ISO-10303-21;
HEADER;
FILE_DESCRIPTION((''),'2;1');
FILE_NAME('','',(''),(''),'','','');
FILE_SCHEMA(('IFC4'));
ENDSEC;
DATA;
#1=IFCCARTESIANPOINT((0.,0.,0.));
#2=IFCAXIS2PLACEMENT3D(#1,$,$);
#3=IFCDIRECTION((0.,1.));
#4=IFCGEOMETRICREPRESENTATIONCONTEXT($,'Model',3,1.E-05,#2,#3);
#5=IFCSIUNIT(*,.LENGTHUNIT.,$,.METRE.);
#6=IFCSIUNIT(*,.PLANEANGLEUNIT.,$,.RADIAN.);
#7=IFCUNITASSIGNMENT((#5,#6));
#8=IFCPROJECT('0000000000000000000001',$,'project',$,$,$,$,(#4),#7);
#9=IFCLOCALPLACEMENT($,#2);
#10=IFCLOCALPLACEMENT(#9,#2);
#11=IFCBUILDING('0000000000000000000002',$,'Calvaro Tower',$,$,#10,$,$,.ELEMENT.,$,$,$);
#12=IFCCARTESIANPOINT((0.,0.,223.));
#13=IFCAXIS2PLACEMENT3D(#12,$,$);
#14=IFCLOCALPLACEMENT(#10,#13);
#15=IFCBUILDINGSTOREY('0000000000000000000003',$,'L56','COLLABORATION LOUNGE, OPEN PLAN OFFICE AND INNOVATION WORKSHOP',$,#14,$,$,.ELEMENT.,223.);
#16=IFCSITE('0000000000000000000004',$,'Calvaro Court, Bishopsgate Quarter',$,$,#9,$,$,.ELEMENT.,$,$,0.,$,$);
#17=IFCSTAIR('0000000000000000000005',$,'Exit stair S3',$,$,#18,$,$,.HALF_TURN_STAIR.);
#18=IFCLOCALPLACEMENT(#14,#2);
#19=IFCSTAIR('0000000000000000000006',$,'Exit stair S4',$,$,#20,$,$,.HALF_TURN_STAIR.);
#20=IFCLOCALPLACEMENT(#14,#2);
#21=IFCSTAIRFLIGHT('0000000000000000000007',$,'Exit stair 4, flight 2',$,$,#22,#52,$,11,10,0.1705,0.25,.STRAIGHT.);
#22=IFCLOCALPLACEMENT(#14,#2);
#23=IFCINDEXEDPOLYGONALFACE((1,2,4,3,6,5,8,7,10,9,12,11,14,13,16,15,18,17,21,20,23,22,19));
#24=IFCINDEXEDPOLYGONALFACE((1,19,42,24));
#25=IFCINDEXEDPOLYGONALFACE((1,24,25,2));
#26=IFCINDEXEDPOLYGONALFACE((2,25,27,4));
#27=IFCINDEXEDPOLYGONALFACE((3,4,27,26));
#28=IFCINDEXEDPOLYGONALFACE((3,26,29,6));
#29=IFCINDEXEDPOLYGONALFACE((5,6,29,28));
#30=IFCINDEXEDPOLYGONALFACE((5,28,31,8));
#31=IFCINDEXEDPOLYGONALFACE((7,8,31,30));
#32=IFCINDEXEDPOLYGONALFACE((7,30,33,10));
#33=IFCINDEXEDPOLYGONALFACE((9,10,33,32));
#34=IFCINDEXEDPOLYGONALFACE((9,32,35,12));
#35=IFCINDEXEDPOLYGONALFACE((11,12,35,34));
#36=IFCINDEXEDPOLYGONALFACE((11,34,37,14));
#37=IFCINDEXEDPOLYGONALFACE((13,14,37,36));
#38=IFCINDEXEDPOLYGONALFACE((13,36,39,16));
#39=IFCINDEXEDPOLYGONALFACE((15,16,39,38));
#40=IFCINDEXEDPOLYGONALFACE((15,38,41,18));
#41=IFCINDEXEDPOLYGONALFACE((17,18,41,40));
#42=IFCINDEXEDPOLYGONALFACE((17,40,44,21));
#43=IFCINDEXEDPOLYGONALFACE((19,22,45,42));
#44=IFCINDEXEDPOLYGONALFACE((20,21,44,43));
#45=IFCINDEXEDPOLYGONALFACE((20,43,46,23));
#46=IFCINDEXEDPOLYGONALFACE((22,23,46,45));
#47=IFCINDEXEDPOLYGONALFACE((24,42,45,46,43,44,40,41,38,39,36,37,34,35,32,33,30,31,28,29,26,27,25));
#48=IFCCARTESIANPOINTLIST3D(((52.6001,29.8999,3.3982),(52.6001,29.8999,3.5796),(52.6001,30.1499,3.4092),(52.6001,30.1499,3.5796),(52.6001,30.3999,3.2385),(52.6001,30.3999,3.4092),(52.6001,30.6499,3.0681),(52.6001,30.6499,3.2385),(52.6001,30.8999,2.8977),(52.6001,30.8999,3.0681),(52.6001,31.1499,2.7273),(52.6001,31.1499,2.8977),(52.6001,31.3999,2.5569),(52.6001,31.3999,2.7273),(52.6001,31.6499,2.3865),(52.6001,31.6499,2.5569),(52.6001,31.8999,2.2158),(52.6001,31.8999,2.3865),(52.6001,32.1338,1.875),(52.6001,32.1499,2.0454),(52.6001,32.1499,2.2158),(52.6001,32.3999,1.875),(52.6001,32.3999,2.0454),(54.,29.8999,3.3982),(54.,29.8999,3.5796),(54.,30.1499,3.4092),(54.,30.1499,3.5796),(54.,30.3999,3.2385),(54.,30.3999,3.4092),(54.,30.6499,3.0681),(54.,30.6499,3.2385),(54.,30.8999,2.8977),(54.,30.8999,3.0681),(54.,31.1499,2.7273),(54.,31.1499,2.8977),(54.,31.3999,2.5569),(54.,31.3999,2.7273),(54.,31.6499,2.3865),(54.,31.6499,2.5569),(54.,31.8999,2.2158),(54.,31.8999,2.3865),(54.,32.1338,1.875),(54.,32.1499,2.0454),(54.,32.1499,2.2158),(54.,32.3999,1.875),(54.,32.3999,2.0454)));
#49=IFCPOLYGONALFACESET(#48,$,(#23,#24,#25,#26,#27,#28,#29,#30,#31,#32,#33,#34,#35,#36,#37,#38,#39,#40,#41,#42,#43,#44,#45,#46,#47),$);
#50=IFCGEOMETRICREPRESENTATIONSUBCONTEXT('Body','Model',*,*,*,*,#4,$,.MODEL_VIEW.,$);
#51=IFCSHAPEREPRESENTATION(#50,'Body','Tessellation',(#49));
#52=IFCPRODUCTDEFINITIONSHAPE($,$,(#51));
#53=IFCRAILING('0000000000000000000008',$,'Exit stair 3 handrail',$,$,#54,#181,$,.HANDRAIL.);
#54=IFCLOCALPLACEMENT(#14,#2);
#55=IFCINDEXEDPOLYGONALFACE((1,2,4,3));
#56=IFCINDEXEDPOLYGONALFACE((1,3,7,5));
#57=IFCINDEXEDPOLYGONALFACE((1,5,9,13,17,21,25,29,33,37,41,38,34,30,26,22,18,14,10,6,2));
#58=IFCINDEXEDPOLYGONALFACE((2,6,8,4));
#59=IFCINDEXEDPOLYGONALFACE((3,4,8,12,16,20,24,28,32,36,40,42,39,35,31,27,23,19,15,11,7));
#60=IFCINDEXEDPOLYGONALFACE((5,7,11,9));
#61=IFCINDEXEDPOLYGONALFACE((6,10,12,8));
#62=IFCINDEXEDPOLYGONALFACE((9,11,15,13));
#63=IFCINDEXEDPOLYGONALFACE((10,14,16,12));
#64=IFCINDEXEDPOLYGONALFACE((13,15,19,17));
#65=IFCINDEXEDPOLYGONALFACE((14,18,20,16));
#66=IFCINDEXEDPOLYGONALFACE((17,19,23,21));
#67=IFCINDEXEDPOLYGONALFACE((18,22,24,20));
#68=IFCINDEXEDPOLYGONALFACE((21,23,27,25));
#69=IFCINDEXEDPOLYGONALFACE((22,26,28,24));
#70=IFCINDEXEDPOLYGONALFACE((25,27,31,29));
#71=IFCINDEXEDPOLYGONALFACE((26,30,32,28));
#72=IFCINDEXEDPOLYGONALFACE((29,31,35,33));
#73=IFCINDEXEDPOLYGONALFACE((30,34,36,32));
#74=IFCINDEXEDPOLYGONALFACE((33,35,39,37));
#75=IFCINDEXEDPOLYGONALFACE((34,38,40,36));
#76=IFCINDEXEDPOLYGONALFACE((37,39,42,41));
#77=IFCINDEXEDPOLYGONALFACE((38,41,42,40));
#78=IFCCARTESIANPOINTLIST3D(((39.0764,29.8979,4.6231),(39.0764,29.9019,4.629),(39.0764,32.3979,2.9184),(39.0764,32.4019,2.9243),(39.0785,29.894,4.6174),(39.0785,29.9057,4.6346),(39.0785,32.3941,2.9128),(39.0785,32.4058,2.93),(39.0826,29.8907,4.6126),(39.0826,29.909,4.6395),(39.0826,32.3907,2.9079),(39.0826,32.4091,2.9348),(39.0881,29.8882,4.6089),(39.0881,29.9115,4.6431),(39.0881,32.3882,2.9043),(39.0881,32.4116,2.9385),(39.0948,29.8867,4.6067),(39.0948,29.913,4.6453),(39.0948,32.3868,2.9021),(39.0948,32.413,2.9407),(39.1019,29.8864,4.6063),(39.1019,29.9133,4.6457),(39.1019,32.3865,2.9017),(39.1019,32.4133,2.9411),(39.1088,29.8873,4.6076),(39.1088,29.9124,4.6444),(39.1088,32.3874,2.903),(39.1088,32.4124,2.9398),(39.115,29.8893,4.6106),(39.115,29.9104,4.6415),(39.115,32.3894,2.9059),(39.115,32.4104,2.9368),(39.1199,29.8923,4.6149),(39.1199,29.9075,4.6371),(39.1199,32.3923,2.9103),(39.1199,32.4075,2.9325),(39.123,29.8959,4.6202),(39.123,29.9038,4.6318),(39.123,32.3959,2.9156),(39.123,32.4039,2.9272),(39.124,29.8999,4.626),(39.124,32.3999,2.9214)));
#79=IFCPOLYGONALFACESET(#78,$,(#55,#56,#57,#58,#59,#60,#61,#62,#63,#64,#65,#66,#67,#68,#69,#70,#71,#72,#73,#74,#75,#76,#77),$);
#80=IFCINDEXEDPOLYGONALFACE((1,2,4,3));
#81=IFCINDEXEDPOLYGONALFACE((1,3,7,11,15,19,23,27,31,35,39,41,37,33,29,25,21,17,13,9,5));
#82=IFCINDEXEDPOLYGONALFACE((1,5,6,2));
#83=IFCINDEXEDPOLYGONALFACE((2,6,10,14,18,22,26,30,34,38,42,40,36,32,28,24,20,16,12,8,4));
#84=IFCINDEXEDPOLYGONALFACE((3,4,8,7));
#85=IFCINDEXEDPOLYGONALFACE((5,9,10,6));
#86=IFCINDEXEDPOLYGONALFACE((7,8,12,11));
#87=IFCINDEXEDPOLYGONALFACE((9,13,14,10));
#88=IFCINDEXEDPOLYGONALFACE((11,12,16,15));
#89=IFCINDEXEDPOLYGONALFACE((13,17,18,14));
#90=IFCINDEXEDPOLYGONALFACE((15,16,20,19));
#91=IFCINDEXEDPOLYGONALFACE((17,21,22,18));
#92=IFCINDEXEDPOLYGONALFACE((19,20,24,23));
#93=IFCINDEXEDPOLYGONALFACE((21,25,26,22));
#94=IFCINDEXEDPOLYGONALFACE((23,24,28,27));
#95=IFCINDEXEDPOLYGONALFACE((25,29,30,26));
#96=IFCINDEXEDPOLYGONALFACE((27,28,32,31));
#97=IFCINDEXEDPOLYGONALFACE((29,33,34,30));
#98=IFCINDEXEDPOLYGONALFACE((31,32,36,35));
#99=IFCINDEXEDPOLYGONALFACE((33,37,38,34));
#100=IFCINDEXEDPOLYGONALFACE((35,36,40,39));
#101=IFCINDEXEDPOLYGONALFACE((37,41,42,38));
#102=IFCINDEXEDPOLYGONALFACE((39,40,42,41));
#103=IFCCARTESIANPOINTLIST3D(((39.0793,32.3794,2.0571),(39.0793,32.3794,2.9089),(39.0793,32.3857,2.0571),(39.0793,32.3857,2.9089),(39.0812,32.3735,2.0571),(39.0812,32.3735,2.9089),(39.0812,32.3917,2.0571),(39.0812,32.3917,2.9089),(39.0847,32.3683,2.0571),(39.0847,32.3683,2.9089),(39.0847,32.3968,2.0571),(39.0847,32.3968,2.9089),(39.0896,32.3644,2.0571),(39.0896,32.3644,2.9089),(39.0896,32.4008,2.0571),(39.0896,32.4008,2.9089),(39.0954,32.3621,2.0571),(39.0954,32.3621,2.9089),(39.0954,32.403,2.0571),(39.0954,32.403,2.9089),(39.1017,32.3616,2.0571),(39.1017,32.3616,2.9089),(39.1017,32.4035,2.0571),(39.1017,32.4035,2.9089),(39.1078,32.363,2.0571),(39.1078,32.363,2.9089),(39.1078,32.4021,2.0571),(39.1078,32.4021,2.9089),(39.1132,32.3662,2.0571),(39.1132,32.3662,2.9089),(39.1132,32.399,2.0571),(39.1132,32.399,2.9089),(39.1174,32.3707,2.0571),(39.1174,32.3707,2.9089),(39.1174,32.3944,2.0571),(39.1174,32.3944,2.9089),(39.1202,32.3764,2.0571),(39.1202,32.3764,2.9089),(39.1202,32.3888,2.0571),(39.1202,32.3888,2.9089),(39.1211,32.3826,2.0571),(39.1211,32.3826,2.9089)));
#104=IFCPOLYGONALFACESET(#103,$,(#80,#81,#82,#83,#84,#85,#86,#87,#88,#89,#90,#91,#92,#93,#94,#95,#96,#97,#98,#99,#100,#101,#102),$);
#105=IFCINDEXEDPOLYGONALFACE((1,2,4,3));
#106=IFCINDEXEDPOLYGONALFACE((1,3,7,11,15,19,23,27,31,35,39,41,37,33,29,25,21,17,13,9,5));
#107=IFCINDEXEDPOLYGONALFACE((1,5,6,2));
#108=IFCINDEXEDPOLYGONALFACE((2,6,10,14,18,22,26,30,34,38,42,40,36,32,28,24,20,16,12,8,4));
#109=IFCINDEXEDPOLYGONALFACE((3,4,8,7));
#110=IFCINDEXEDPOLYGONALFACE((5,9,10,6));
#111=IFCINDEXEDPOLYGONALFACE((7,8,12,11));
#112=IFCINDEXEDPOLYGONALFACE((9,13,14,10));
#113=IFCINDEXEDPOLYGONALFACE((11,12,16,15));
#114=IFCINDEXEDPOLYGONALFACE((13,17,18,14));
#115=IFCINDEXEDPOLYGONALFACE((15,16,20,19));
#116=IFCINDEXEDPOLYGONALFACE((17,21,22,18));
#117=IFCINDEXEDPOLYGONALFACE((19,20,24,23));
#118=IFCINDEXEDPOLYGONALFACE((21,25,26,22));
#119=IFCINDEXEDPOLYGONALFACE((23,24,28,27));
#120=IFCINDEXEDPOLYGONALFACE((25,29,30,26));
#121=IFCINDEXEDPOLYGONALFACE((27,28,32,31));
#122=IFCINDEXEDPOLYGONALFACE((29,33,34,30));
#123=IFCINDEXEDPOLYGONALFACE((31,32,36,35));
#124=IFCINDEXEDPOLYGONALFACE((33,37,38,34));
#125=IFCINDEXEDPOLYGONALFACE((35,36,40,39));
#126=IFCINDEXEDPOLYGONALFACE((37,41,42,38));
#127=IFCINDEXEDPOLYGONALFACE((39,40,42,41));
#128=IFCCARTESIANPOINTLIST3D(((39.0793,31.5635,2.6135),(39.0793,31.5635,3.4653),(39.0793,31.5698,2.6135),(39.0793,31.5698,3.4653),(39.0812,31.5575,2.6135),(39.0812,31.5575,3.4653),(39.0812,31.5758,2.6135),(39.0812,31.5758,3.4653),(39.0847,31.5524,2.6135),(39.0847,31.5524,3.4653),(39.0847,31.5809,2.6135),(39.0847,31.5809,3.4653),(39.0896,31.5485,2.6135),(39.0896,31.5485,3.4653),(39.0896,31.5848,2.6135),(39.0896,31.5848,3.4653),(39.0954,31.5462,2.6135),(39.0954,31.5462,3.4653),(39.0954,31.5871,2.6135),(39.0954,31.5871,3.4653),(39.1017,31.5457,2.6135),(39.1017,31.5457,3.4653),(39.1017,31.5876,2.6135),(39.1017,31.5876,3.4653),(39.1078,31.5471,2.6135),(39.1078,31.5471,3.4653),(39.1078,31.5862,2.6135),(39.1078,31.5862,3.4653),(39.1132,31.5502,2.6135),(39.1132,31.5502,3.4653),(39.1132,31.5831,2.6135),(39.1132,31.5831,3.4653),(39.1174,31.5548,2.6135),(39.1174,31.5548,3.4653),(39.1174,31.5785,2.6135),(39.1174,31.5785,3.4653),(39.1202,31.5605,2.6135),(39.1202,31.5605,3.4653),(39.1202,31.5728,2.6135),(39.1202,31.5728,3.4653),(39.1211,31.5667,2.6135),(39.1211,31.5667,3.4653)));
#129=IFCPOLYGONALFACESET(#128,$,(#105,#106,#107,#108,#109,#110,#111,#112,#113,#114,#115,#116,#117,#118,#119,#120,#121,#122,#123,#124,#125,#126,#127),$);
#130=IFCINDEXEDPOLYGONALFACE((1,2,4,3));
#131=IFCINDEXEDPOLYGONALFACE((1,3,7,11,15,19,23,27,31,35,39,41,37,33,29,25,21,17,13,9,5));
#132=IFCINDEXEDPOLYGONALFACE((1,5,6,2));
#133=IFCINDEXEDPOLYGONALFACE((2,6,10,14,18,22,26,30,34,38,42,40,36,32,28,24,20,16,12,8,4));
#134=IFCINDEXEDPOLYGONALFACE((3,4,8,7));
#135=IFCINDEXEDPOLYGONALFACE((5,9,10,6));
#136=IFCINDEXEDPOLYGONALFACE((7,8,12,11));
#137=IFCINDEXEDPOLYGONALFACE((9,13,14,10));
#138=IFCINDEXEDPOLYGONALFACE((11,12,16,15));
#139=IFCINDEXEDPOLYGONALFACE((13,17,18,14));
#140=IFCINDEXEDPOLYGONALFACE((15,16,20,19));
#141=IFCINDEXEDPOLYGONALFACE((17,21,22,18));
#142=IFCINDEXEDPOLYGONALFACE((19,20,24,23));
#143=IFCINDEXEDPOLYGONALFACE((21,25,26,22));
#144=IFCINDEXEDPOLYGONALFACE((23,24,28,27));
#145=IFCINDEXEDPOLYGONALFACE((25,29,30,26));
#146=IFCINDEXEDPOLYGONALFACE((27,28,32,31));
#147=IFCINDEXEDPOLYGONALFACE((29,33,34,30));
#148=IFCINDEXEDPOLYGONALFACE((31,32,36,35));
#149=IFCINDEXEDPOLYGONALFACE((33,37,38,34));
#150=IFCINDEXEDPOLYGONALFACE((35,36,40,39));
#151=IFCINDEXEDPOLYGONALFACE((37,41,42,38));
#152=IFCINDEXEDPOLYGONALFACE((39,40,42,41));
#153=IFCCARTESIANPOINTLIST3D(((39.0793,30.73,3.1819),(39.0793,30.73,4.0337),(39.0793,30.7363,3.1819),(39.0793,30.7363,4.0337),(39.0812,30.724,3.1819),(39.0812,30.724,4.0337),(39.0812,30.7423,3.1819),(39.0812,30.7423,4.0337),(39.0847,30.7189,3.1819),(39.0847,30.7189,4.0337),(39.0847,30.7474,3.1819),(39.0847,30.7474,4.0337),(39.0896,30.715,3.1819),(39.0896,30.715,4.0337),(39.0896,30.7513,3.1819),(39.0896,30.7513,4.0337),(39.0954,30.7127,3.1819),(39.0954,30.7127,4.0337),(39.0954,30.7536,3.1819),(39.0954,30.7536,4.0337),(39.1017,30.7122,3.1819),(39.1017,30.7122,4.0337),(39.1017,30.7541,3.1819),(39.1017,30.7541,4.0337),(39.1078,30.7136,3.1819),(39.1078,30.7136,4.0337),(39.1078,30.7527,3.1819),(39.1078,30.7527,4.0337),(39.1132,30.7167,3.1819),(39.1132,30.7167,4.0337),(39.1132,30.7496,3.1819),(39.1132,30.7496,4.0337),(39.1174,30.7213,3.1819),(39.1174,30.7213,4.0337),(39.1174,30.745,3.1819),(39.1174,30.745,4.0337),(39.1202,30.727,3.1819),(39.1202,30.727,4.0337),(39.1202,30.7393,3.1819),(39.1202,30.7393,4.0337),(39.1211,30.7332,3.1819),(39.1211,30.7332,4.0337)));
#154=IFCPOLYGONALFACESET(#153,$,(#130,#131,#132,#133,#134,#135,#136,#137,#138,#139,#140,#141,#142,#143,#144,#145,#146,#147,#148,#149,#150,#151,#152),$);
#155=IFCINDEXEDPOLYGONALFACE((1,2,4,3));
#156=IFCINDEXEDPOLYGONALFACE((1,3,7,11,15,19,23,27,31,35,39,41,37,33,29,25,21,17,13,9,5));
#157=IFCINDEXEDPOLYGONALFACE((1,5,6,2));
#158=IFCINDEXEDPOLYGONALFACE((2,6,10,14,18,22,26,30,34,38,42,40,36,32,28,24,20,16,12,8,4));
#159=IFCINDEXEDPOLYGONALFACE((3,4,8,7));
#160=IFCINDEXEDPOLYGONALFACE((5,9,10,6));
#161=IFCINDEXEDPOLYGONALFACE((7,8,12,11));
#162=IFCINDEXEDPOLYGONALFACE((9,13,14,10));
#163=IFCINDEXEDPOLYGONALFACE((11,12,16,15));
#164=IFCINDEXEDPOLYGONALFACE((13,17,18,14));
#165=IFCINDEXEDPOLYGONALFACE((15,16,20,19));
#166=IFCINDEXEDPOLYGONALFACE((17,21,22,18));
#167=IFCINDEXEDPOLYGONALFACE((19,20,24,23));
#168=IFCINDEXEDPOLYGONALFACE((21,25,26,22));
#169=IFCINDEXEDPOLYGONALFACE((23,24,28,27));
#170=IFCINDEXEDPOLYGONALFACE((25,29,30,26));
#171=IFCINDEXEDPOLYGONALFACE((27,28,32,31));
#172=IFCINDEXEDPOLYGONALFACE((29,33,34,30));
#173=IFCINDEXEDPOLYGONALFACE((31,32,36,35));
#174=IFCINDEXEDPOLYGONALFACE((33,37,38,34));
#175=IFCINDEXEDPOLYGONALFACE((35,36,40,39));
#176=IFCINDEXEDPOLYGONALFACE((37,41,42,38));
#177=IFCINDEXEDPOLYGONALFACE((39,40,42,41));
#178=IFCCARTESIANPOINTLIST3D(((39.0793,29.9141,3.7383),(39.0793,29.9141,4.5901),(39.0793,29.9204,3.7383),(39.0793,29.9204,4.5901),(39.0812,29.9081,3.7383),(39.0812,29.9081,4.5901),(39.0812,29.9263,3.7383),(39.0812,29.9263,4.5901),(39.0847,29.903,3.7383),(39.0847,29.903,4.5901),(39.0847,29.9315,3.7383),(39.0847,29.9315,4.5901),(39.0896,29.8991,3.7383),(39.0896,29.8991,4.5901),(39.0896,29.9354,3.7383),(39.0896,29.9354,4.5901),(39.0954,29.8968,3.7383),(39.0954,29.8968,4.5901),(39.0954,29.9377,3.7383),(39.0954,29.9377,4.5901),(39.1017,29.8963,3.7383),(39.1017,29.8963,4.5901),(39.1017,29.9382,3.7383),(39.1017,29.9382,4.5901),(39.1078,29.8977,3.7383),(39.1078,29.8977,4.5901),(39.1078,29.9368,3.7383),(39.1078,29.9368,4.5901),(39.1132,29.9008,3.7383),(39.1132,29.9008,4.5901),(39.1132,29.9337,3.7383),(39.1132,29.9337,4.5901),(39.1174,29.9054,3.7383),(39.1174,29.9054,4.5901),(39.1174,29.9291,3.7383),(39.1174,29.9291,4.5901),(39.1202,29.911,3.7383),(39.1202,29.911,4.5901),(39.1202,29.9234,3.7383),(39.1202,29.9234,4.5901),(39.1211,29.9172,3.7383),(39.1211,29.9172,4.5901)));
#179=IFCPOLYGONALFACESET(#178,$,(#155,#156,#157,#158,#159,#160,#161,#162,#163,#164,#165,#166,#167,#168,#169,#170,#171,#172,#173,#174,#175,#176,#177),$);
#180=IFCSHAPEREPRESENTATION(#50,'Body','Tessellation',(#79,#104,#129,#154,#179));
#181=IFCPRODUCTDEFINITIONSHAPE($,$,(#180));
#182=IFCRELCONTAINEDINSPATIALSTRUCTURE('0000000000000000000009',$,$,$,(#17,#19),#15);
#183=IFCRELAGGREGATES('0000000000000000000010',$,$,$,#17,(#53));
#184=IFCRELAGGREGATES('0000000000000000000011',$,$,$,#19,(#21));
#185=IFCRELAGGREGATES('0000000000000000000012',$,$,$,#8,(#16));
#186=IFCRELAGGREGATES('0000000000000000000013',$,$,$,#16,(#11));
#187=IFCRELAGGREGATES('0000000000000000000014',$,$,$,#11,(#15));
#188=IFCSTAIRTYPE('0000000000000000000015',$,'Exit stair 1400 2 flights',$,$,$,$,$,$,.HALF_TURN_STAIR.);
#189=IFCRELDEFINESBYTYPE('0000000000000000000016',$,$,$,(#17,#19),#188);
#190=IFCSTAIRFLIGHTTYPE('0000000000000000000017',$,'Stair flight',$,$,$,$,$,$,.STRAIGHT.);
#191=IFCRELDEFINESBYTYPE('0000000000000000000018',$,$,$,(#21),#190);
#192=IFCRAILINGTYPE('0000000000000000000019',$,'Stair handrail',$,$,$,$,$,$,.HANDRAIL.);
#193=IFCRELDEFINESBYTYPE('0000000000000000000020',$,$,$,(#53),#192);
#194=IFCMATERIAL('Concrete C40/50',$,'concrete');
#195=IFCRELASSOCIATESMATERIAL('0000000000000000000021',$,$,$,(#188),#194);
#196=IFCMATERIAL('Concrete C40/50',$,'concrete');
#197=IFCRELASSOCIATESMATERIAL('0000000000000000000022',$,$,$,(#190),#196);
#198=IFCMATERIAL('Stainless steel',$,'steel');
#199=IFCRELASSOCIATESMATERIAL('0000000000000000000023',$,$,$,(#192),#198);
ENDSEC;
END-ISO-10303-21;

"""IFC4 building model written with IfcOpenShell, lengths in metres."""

from ifc_helpers import new_model, si_unit, direction, frame, origin, origin_2d, place, context, subcontext, project, spatial, polyline, circle, outline, extrude, material, type_object, element, aggregate, save


model = new_model("IFC4")

# Units and contexts
model_context = context("Model", 3, precision=1e-05, world=origin(), true_north=direction((0.0, 1.0)))
body_context = subcontext(model_context, "Body", "Model", "MODEL_VIEW")
ifc_project = project(units=[si_unit("LENGTHUNIT", "METRE"), si_unit("PLANEANGLEUNIT", "RADIAN")], contexts=[model_context])

# Site, building, storey
site_placement = place(None, origin())
site = spatial("IfcSite", under=ifc_project, at=site_placement, Name="Calvaro Court, Bishopsgate Quarter", CompositionType="ELEMENT", RefElevation=0.0)
building_placement = place(site_placement, origin())
building = spatial("IfcBuilding", under=site, at=building_placement, Name="Calvaro Tower", CompositionType="ELEMENT")
storey_placement = place(building_placement, frame((0.0, 0.0, 223.0)))
storey = spatial("IfcBuildingStorey", under=building, at=storey_placement, Name="L56", Description="COLLABORATION LOUNGE, OPEN PLAN OFFICE AND INNOVATION WORKSHOP", CompositionType="ELEMENT", Elevation=223.0)

# Stairs, stair flight
ifc_material_1 = material(Name="Concrete C40/50", Category="concrete")
stair_type = type_object("IfcStairType", Name="Exit stair 1400 2 flights", PredefinedType="HALF_TURN_STAIR", material=ifc_material_1)
stair_1_placement = place(storey_placement, origin())
stair_1 = element("IfcStair", 1, at=stair_1_placement, inside=storey, type_object=stair_type, Name="Exit stair S3", PredefinedType="HALF_TURN_STAIR")
ifc_material_2 = material(Name="Concrete C40/50", Category="concrete")
stair_flight_type = type_object("IfcStairFlightType", Name="Stair flight", PredefinedType="STRAIGHT", material=ifc_material_2)
stair_2_placement = place(storey_placement, origin())
stair_2 = element("IfcStair", 2, at=stair_2_placement, inside=storey, type_object=stair_type, Name="Exit stair S4", PredefinedType="HALF_TURN_STAIR")
stair_flight_1_placement = place(storey_placement, frame((53.3, 32.3999, 1.875), z_axis=(0.0, 0.0, 1.0), x_axis=(0.0, -1.0, 0.0)))
stair_flight_1 = element("IfcStairFlight", 3, at=stair_flight_1_placement, type_object=stair_flight_type, Name="Exit stair 4, flight 2", NumberOfRisers=11, NumberOfTreads=10, PredefinedType="STRAIGHT", RiserHeight=0.1705, TreadLength=0.25, context=body_context, shape_type="SweptSolid", body=[
    extrude(outline(polyline([(0.0, 0.0), (0.0, 0.1704), (0.25, 0.1704), (0.25, 0.3408), (0.5, 0.3408), (0.5, 0.5115), (0.75, 0.5115), (0.75, 0.6819), (1.0, 0.6819), (1.0, 0.8523), (1.25, 0.8523), (1.25, 1.0227), (1.5, 1.0227), (1.5, 1.1931), (1.75, 1.1931), (1.75, 1.3635), (2.0, 1.3635), (2.0, 1.5342), (2.25, 1.5342), (2.25, 1.7046), (2.5, 1.7046), (2.5, 1.875), (2.5, 1.5232), (0.2661, 0.0), (0.0, 0.0)])), frame((0.0, 0.7, 0.0), z_axis=(0.0, -1.0, 0.0), x_axis=(1.0, 0.0, 0.0)), (0.0, 0.0, 1.0), 1.3999),
])

# Railing
ifc_material_3 = material(Name="Stainless steel", Category="steel")
railing_type = type_object("IfcRailingType", Name="Stair handrail", PredefinedType="HANDRAIL", material=ifc_material_3)
railing_1_placement = place(storey_placement, frame((39.1001, 32.3999, 2.0454)))
railing_1 = element("IfcRailing", 4, at=railing_1_placement, type_object=railing_type, Name="Exit stair 3 handrail", PredefinedType="HANDRAIL", context=body_context, shape_type="SweptSolid", body=[
    extrude(circle(Radius=0.0239, at=origin_2d()), frame((0.0, 0.0, 0.876), z_axis=(0.0, -0.826221, 0.563347), x_axis=(1.0, 0.0, 0.0)), (0.0, 0.0, 1.0), 3.0259),
    extrude(circle(Radius=0.021, at=origin_2d()), frame((0.0, -0.0173, 0.0117)), (0.0, 0.0, 1.0), 0.8518),
    extrude(circle(Radius=0.021, at=origin_2d()), frame((0.0, -0.8333, 0.5681)), (0.0, 0.0, 1.0), 0.8518),
    extrude(circle(Radius=0.021, at=origin_2d()), frame((0.0, -1.6667, 1.1365)), (0.0, 0.0, 1.0), 0.8518),
    extrude(circle(Radius=0.021, at=origin_2d()), frame((0.0, -2.4827, 1.6929)), (0.0, 0.0, 1.0), 0.8518),
])
aggregate(stair_1, [railing_1])
aggregate(stair_2, [stair_flight_1])

save(model, "model.ifc")
